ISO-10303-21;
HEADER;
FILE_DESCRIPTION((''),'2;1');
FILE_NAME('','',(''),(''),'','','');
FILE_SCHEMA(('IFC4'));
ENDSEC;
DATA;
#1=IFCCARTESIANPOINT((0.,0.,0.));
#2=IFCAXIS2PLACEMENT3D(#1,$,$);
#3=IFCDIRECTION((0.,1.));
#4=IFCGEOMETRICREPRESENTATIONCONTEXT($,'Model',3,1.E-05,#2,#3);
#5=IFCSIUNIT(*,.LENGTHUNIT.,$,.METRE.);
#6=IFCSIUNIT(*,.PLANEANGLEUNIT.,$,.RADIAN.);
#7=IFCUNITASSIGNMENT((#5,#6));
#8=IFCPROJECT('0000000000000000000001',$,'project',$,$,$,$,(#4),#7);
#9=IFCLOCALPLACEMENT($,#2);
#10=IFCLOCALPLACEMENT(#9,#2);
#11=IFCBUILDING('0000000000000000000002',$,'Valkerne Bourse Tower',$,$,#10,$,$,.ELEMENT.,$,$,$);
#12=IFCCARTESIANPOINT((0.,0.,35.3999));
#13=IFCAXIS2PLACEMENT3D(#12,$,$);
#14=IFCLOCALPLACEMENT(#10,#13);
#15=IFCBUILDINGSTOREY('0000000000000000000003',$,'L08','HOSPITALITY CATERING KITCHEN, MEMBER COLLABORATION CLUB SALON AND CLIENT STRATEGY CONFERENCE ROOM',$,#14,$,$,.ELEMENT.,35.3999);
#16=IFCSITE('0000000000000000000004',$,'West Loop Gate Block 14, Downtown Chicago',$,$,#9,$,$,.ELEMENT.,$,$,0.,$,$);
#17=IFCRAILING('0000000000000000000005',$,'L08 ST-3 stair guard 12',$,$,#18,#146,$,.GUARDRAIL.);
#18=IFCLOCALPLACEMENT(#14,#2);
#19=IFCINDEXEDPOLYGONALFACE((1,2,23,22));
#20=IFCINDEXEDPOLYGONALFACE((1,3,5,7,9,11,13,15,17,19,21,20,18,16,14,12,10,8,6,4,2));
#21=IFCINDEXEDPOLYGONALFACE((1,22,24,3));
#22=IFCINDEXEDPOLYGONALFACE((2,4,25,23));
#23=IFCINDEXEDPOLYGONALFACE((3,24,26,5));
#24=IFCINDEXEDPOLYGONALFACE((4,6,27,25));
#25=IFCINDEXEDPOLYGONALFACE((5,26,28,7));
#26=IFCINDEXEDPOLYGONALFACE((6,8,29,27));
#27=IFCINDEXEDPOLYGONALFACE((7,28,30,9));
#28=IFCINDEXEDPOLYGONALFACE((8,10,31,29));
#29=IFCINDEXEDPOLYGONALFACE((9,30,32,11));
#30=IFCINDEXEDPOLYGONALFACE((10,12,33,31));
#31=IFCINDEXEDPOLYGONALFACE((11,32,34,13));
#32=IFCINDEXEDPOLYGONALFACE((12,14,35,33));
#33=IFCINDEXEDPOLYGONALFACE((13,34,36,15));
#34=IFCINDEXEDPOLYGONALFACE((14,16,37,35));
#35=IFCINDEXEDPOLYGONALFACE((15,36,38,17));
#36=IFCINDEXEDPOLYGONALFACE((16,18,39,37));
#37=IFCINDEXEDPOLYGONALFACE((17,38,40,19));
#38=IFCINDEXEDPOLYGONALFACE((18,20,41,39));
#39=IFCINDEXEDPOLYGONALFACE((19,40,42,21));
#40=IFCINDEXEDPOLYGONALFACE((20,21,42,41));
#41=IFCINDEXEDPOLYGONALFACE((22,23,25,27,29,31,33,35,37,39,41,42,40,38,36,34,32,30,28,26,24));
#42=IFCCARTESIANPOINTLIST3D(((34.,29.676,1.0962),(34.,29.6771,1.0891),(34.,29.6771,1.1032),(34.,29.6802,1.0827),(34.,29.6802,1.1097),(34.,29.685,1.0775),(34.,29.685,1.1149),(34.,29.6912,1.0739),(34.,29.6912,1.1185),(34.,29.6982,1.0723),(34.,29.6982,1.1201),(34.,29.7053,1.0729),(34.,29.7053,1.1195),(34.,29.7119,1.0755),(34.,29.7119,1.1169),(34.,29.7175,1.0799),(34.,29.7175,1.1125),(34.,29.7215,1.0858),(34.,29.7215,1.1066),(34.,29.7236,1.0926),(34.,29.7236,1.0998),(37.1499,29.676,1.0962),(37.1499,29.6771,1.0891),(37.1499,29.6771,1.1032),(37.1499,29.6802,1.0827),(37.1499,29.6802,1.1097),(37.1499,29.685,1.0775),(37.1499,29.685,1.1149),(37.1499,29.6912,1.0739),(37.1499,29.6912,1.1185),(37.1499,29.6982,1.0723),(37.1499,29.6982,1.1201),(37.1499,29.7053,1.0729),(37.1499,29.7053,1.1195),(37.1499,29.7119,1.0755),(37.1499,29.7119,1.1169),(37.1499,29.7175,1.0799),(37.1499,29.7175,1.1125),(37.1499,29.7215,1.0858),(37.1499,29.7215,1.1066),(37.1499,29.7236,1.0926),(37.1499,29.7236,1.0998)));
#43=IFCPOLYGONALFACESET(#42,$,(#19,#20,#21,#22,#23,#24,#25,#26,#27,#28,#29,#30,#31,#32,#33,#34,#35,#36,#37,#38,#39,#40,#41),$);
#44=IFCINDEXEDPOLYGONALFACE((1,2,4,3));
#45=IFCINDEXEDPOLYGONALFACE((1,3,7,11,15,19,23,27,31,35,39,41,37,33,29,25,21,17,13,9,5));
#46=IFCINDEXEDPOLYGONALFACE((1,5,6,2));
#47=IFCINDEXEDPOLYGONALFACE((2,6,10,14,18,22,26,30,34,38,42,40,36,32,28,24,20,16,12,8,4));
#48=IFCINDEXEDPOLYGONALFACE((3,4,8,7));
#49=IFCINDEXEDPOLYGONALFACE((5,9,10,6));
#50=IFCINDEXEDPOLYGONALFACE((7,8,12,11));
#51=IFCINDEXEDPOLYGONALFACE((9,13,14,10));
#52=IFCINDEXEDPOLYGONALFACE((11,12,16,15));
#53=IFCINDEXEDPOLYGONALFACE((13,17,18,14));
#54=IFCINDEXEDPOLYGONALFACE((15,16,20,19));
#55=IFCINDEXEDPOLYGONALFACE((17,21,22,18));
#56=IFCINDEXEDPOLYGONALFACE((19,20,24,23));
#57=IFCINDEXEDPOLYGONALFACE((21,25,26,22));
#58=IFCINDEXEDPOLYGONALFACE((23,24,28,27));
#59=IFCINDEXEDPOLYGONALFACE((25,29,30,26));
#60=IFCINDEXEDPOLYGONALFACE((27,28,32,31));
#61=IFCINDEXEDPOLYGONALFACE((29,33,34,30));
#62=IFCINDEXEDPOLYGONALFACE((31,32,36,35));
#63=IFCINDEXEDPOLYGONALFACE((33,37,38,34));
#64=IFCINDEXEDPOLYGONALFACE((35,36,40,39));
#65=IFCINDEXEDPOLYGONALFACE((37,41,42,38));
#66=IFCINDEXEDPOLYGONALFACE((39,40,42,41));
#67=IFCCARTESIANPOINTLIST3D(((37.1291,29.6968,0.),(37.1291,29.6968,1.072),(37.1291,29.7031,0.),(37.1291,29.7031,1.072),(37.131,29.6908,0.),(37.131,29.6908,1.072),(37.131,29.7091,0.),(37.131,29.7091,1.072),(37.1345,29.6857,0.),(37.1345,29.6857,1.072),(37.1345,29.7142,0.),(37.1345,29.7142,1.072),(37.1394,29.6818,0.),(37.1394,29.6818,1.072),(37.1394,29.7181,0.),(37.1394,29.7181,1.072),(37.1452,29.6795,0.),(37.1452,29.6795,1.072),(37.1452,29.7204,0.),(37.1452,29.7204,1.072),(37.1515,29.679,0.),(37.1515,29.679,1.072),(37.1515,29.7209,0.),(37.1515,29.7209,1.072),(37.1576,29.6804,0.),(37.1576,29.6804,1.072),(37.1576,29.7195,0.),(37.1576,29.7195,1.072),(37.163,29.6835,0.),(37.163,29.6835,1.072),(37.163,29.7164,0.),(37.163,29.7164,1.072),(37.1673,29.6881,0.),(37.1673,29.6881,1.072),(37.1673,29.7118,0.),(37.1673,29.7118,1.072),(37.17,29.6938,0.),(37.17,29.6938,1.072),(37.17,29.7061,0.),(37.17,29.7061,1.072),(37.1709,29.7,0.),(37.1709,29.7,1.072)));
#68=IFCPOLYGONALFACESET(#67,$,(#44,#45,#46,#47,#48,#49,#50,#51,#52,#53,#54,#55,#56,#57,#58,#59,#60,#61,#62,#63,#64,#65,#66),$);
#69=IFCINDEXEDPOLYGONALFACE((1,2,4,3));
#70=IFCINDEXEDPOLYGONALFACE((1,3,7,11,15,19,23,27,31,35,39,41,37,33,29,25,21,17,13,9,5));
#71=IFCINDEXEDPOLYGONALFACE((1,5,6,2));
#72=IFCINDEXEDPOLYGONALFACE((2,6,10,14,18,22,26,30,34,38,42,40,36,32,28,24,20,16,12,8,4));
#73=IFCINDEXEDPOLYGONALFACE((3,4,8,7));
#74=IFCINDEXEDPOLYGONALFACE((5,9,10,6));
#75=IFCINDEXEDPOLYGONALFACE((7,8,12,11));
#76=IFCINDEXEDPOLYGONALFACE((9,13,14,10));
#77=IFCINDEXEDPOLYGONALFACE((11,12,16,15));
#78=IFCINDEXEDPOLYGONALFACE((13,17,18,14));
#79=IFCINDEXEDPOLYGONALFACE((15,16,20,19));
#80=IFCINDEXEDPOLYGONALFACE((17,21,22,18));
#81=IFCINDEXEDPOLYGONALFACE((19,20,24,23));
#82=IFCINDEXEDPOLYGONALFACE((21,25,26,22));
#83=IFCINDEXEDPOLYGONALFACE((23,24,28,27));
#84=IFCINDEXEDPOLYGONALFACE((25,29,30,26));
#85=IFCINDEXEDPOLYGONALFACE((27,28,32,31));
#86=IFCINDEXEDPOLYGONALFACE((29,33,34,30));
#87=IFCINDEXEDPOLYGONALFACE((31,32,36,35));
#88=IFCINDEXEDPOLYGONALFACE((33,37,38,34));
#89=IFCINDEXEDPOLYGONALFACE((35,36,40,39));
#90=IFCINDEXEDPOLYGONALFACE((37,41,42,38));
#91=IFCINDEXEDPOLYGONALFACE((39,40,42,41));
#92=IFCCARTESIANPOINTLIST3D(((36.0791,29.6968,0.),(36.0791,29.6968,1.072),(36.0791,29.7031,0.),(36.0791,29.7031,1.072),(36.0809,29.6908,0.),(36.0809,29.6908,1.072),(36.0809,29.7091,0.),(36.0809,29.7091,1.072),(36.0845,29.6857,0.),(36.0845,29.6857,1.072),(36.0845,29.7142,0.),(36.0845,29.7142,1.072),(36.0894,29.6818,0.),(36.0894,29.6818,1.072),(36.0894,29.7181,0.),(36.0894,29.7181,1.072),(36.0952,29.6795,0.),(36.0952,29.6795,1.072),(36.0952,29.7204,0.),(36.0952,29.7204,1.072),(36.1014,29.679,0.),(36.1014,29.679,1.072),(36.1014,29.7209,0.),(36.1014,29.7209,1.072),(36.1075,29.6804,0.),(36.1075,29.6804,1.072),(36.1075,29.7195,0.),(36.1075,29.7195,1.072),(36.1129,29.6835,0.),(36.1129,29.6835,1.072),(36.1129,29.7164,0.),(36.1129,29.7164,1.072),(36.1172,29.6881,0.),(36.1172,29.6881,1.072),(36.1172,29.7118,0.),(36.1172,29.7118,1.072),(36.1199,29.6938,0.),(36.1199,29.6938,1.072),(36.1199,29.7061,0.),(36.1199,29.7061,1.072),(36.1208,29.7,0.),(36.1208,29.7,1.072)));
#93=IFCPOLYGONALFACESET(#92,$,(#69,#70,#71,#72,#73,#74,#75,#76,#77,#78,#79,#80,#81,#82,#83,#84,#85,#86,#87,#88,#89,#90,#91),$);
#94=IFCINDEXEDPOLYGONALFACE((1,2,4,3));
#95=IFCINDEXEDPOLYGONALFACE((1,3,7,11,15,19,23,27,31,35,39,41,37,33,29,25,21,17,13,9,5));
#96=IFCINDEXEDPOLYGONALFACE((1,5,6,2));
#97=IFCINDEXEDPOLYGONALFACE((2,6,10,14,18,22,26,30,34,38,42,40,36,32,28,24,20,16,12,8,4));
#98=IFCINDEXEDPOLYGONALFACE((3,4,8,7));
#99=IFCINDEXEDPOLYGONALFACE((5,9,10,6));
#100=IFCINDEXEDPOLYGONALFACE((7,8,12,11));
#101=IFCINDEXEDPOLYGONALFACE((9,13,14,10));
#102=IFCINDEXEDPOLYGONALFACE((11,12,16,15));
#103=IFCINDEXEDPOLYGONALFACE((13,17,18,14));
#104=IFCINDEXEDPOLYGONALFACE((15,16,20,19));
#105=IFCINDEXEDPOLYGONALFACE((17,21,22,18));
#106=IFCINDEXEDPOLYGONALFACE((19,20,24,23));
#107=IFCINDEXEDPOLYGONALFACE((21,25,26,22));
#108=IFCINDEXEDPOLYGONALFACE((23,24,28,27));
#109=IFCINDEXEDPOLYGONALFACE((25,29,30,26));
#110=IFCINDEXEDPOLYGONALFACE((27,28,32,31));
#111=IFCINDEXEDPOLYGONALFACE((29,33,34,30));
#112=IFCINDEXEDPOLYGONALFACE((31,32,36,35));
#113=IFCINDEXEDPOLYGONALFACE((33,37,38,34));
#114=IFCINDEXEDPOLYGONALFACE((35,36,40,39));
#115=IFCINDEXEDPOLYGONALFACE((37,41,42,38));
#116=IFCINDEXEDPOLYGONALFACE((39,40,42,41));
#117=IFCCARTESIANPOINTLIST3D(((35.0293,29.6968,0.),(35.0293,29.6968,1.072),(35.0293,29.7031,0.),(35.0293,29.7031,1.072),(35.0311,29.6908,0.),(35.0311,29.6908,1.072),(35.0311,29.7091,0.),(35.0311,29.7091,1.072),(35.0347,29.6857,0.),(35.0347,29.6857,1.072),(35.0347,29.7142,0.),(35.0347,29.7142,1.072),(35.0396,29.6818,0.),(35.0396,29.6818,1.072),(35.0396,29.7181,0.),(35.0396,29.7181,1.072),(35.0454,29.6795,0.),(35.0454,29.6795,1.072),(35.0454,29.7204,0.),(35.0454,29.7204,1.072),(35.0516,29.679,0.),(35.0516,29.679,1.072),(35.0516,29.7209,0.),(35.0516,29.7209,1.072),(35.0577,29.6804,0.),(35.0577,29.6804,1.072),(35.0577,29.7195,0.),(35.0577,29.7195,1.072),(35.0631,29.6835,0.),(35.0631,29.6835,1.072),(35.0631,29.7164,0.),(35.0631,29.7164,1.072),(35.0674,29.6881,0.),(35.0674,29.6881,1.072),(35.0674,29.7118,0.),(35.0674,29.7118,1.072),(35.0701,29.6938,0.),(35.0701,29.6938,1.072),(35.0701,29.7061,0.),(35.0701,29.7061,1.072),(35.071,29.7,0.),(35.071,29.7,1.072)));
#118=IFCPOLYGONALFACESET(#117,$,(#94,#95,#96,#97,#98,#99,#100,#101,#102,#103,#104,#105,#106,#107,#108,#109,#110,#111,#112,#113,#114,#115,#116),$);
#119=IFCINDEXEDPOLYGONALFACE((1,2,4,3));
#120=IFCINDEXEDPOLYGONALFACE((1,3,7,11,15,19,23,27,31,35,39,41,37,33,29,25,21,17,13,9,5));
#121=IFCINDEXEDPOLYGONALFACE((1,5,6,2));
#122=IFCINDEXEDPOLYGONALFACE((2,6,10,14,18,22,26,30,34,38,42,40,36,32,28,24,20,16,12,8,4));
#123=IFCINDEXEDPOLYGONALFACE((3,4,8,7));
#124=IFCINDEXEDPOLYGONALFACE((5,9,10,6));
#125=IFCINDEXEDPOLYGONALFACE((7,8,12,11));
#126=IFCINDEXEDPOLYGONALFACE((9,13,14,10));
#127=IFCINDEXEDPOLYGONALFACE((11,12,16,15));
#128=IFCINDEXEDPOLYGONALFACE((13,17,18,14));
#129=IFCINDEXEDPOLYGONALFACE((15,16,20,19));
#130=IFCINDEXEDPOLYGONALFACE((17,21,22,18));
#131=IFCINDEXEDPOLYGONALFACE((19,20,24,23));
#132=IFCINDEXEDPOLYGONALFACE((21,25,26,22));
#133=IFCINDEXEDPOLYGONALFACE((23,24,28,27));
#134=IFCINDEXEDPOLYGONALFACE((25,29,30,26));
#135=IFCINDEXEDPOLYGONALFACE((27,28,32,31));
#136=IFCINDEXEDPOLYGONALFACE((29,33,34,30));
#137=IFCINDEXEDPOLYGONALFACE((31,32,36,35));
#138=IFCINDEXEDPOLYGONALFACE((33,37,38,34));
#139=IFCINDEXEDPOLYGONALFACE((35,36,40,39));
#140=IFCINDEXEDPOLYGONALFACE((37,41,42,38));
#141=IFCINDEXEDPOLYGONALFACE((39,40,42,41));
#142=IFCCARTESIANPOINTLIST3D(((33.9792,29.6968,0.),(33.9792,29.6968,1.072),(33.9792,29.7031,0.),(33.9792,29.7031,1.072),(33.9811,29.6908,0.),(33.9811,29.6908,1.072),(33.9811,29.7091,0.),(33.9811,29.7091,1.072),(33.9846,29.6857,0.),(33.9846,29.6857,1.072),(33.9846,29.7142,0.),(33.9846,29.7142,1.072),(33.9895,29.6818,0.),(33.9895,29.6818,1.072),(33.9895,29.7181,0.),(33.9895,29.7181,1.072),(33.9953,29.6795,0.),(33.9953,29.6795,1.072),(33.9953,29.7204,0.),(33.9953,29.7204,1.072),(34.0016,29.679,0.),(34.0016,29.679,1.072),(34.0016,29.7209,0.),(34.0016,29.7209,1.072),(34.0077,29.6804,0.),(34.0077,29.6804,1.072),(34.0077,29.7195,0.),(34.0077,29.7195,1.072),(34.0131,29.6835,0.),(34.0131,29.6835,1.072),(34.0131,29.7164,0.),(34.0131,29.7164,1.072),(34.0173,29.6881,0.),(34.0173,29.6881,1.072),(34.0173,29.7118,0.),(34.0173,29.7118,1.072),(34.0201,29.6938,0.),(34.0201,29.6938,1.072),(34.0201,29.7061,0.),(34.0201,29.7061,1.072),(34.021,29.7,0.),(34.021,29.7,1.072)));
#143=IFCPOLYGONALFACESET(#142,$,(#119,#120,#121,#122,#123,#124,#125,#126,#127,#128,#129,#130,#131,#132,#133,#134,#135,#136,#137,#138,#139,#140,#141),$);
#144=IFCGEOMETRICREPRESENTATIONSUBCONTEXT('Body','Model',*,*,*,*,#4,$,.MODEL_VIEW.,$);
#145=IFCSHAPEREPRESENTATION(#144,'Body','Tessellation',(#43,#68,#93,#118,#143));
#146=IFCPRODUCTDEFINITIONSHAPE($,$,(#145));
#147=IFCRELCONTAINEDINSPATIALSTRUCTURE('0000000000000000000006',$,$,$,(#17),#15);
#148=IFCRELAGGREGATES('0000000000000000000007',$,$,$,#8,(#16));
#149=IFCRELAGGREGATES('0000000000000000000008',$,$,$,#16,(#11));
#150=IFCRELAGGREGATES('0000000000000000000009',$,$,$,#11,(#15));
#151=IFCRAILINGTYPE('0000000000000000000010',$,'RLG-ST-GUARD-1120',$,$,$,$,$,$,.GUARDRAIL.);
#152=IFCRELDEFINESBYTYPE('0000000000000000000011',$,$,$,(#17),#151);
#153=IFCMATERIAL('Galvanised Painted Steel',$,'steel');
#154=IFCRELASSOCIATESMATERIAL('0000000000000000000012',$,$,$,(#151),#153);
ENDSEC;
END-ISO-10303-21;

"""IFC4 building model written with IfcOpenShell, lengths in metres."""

from ifc_helpers import new_model, si_unit, direction, frame, origin, origin_2d, place, context, subcontext, project, spatial, circle, extrude, material, type_object, element, save


model = new_model("IFC4")

# Units and contexts
model_context = context("Model", 3, precision=1e-05, world=origin(), true_north=direction((0.0, 1.0)))
body_context = subcontext(model_context, "Body", "Model", "MODEL_VIEW")
ifc_project = project(units=[si_unit("LENGTHUNIT", "METRE"), si_unit("PLANEANGLEUNIT", "RADIAN")], contexts=[model_context])

# Site, building, storey
site_placement = place(None, origin())
site = spatial("IfcSite", under=ifc_project, at=site_placement, Name="West Loop Gate Block 14, Downtown Chicago", CompositionType="ELEMENT", RefElevation=0.0)
building_placement = place(site_placement, origin())
building = spatial("IfcBuilding", under=site, at=building_placement, Name="Valkerne Bourse Tower", CompositionType="ELEMENT")
storey_placement = place(building_placement, frame((0.0, 0.0, 35.3999)))
storey = spatial("IfcBuildingStorey", under=building, at=storey_placement, Name="L08", Description="HOSPITALITY CATERING KITCHEN, MEMBER COLLABORATION CLUB SALON AND CLIENT STRATEGY CONFERENCE ROOM", CompositionType="ELEMENT", Elevation=35.3999)

# Shared definitions
ifc_material_1 = material(Name="Galvanised Painted Steel", Category="steel")

# Railing
railing_type_1 = type_object("IfcRailingType", Name="RLG-ST-GUARD-1120", PredefinedType="GUARDRAIL", material=ifc_material_1)
railing_1_placement = place(storey_placement, frame((37.1499, 29.7, 0.0)))
element("IfcRailing", 1, at=railing_1_placement, inside=storey, type_object=railing_type_1, Name="L08 ST-3 stair guard 12", PredefinedType="GUARDRAIL", context=body_context, shape_type="SweptSolid", body=[
    extrude(circle(Radius=0.0239, at=origin_2d()), frame((0.0, 0.0, 1.0962), z_axis=(-1.0, 0.0, 0.0), x_axis=(0.0, -1.0, 0.0)), (0.0, 0.0, 1.0), 3.1499),
    extrude(circle(Radius=0.021, at=origin_2d()), origin(), (0.0, 0.0, 1.0), 1.072),
    extrude(circle(Radius=0.021, at=origin_2d()), frame((-1.05, 0.0, 0.0)), (0.0, 0.0, 1.0), 1.072),
    extrude(circle(Radius=0.021, at=origin_2d()), frame((-2.0999, 0.0, 0.0)), (0.0, 0.0, 1.0), 1.072),
    extrude(circle(Radius=0.021, at=origin_2d()), frame((-3.1499, 0.0, 0.0)), (0.0, 0.0, 1.0), 1.072),
])

save(model, "model.ifc")
